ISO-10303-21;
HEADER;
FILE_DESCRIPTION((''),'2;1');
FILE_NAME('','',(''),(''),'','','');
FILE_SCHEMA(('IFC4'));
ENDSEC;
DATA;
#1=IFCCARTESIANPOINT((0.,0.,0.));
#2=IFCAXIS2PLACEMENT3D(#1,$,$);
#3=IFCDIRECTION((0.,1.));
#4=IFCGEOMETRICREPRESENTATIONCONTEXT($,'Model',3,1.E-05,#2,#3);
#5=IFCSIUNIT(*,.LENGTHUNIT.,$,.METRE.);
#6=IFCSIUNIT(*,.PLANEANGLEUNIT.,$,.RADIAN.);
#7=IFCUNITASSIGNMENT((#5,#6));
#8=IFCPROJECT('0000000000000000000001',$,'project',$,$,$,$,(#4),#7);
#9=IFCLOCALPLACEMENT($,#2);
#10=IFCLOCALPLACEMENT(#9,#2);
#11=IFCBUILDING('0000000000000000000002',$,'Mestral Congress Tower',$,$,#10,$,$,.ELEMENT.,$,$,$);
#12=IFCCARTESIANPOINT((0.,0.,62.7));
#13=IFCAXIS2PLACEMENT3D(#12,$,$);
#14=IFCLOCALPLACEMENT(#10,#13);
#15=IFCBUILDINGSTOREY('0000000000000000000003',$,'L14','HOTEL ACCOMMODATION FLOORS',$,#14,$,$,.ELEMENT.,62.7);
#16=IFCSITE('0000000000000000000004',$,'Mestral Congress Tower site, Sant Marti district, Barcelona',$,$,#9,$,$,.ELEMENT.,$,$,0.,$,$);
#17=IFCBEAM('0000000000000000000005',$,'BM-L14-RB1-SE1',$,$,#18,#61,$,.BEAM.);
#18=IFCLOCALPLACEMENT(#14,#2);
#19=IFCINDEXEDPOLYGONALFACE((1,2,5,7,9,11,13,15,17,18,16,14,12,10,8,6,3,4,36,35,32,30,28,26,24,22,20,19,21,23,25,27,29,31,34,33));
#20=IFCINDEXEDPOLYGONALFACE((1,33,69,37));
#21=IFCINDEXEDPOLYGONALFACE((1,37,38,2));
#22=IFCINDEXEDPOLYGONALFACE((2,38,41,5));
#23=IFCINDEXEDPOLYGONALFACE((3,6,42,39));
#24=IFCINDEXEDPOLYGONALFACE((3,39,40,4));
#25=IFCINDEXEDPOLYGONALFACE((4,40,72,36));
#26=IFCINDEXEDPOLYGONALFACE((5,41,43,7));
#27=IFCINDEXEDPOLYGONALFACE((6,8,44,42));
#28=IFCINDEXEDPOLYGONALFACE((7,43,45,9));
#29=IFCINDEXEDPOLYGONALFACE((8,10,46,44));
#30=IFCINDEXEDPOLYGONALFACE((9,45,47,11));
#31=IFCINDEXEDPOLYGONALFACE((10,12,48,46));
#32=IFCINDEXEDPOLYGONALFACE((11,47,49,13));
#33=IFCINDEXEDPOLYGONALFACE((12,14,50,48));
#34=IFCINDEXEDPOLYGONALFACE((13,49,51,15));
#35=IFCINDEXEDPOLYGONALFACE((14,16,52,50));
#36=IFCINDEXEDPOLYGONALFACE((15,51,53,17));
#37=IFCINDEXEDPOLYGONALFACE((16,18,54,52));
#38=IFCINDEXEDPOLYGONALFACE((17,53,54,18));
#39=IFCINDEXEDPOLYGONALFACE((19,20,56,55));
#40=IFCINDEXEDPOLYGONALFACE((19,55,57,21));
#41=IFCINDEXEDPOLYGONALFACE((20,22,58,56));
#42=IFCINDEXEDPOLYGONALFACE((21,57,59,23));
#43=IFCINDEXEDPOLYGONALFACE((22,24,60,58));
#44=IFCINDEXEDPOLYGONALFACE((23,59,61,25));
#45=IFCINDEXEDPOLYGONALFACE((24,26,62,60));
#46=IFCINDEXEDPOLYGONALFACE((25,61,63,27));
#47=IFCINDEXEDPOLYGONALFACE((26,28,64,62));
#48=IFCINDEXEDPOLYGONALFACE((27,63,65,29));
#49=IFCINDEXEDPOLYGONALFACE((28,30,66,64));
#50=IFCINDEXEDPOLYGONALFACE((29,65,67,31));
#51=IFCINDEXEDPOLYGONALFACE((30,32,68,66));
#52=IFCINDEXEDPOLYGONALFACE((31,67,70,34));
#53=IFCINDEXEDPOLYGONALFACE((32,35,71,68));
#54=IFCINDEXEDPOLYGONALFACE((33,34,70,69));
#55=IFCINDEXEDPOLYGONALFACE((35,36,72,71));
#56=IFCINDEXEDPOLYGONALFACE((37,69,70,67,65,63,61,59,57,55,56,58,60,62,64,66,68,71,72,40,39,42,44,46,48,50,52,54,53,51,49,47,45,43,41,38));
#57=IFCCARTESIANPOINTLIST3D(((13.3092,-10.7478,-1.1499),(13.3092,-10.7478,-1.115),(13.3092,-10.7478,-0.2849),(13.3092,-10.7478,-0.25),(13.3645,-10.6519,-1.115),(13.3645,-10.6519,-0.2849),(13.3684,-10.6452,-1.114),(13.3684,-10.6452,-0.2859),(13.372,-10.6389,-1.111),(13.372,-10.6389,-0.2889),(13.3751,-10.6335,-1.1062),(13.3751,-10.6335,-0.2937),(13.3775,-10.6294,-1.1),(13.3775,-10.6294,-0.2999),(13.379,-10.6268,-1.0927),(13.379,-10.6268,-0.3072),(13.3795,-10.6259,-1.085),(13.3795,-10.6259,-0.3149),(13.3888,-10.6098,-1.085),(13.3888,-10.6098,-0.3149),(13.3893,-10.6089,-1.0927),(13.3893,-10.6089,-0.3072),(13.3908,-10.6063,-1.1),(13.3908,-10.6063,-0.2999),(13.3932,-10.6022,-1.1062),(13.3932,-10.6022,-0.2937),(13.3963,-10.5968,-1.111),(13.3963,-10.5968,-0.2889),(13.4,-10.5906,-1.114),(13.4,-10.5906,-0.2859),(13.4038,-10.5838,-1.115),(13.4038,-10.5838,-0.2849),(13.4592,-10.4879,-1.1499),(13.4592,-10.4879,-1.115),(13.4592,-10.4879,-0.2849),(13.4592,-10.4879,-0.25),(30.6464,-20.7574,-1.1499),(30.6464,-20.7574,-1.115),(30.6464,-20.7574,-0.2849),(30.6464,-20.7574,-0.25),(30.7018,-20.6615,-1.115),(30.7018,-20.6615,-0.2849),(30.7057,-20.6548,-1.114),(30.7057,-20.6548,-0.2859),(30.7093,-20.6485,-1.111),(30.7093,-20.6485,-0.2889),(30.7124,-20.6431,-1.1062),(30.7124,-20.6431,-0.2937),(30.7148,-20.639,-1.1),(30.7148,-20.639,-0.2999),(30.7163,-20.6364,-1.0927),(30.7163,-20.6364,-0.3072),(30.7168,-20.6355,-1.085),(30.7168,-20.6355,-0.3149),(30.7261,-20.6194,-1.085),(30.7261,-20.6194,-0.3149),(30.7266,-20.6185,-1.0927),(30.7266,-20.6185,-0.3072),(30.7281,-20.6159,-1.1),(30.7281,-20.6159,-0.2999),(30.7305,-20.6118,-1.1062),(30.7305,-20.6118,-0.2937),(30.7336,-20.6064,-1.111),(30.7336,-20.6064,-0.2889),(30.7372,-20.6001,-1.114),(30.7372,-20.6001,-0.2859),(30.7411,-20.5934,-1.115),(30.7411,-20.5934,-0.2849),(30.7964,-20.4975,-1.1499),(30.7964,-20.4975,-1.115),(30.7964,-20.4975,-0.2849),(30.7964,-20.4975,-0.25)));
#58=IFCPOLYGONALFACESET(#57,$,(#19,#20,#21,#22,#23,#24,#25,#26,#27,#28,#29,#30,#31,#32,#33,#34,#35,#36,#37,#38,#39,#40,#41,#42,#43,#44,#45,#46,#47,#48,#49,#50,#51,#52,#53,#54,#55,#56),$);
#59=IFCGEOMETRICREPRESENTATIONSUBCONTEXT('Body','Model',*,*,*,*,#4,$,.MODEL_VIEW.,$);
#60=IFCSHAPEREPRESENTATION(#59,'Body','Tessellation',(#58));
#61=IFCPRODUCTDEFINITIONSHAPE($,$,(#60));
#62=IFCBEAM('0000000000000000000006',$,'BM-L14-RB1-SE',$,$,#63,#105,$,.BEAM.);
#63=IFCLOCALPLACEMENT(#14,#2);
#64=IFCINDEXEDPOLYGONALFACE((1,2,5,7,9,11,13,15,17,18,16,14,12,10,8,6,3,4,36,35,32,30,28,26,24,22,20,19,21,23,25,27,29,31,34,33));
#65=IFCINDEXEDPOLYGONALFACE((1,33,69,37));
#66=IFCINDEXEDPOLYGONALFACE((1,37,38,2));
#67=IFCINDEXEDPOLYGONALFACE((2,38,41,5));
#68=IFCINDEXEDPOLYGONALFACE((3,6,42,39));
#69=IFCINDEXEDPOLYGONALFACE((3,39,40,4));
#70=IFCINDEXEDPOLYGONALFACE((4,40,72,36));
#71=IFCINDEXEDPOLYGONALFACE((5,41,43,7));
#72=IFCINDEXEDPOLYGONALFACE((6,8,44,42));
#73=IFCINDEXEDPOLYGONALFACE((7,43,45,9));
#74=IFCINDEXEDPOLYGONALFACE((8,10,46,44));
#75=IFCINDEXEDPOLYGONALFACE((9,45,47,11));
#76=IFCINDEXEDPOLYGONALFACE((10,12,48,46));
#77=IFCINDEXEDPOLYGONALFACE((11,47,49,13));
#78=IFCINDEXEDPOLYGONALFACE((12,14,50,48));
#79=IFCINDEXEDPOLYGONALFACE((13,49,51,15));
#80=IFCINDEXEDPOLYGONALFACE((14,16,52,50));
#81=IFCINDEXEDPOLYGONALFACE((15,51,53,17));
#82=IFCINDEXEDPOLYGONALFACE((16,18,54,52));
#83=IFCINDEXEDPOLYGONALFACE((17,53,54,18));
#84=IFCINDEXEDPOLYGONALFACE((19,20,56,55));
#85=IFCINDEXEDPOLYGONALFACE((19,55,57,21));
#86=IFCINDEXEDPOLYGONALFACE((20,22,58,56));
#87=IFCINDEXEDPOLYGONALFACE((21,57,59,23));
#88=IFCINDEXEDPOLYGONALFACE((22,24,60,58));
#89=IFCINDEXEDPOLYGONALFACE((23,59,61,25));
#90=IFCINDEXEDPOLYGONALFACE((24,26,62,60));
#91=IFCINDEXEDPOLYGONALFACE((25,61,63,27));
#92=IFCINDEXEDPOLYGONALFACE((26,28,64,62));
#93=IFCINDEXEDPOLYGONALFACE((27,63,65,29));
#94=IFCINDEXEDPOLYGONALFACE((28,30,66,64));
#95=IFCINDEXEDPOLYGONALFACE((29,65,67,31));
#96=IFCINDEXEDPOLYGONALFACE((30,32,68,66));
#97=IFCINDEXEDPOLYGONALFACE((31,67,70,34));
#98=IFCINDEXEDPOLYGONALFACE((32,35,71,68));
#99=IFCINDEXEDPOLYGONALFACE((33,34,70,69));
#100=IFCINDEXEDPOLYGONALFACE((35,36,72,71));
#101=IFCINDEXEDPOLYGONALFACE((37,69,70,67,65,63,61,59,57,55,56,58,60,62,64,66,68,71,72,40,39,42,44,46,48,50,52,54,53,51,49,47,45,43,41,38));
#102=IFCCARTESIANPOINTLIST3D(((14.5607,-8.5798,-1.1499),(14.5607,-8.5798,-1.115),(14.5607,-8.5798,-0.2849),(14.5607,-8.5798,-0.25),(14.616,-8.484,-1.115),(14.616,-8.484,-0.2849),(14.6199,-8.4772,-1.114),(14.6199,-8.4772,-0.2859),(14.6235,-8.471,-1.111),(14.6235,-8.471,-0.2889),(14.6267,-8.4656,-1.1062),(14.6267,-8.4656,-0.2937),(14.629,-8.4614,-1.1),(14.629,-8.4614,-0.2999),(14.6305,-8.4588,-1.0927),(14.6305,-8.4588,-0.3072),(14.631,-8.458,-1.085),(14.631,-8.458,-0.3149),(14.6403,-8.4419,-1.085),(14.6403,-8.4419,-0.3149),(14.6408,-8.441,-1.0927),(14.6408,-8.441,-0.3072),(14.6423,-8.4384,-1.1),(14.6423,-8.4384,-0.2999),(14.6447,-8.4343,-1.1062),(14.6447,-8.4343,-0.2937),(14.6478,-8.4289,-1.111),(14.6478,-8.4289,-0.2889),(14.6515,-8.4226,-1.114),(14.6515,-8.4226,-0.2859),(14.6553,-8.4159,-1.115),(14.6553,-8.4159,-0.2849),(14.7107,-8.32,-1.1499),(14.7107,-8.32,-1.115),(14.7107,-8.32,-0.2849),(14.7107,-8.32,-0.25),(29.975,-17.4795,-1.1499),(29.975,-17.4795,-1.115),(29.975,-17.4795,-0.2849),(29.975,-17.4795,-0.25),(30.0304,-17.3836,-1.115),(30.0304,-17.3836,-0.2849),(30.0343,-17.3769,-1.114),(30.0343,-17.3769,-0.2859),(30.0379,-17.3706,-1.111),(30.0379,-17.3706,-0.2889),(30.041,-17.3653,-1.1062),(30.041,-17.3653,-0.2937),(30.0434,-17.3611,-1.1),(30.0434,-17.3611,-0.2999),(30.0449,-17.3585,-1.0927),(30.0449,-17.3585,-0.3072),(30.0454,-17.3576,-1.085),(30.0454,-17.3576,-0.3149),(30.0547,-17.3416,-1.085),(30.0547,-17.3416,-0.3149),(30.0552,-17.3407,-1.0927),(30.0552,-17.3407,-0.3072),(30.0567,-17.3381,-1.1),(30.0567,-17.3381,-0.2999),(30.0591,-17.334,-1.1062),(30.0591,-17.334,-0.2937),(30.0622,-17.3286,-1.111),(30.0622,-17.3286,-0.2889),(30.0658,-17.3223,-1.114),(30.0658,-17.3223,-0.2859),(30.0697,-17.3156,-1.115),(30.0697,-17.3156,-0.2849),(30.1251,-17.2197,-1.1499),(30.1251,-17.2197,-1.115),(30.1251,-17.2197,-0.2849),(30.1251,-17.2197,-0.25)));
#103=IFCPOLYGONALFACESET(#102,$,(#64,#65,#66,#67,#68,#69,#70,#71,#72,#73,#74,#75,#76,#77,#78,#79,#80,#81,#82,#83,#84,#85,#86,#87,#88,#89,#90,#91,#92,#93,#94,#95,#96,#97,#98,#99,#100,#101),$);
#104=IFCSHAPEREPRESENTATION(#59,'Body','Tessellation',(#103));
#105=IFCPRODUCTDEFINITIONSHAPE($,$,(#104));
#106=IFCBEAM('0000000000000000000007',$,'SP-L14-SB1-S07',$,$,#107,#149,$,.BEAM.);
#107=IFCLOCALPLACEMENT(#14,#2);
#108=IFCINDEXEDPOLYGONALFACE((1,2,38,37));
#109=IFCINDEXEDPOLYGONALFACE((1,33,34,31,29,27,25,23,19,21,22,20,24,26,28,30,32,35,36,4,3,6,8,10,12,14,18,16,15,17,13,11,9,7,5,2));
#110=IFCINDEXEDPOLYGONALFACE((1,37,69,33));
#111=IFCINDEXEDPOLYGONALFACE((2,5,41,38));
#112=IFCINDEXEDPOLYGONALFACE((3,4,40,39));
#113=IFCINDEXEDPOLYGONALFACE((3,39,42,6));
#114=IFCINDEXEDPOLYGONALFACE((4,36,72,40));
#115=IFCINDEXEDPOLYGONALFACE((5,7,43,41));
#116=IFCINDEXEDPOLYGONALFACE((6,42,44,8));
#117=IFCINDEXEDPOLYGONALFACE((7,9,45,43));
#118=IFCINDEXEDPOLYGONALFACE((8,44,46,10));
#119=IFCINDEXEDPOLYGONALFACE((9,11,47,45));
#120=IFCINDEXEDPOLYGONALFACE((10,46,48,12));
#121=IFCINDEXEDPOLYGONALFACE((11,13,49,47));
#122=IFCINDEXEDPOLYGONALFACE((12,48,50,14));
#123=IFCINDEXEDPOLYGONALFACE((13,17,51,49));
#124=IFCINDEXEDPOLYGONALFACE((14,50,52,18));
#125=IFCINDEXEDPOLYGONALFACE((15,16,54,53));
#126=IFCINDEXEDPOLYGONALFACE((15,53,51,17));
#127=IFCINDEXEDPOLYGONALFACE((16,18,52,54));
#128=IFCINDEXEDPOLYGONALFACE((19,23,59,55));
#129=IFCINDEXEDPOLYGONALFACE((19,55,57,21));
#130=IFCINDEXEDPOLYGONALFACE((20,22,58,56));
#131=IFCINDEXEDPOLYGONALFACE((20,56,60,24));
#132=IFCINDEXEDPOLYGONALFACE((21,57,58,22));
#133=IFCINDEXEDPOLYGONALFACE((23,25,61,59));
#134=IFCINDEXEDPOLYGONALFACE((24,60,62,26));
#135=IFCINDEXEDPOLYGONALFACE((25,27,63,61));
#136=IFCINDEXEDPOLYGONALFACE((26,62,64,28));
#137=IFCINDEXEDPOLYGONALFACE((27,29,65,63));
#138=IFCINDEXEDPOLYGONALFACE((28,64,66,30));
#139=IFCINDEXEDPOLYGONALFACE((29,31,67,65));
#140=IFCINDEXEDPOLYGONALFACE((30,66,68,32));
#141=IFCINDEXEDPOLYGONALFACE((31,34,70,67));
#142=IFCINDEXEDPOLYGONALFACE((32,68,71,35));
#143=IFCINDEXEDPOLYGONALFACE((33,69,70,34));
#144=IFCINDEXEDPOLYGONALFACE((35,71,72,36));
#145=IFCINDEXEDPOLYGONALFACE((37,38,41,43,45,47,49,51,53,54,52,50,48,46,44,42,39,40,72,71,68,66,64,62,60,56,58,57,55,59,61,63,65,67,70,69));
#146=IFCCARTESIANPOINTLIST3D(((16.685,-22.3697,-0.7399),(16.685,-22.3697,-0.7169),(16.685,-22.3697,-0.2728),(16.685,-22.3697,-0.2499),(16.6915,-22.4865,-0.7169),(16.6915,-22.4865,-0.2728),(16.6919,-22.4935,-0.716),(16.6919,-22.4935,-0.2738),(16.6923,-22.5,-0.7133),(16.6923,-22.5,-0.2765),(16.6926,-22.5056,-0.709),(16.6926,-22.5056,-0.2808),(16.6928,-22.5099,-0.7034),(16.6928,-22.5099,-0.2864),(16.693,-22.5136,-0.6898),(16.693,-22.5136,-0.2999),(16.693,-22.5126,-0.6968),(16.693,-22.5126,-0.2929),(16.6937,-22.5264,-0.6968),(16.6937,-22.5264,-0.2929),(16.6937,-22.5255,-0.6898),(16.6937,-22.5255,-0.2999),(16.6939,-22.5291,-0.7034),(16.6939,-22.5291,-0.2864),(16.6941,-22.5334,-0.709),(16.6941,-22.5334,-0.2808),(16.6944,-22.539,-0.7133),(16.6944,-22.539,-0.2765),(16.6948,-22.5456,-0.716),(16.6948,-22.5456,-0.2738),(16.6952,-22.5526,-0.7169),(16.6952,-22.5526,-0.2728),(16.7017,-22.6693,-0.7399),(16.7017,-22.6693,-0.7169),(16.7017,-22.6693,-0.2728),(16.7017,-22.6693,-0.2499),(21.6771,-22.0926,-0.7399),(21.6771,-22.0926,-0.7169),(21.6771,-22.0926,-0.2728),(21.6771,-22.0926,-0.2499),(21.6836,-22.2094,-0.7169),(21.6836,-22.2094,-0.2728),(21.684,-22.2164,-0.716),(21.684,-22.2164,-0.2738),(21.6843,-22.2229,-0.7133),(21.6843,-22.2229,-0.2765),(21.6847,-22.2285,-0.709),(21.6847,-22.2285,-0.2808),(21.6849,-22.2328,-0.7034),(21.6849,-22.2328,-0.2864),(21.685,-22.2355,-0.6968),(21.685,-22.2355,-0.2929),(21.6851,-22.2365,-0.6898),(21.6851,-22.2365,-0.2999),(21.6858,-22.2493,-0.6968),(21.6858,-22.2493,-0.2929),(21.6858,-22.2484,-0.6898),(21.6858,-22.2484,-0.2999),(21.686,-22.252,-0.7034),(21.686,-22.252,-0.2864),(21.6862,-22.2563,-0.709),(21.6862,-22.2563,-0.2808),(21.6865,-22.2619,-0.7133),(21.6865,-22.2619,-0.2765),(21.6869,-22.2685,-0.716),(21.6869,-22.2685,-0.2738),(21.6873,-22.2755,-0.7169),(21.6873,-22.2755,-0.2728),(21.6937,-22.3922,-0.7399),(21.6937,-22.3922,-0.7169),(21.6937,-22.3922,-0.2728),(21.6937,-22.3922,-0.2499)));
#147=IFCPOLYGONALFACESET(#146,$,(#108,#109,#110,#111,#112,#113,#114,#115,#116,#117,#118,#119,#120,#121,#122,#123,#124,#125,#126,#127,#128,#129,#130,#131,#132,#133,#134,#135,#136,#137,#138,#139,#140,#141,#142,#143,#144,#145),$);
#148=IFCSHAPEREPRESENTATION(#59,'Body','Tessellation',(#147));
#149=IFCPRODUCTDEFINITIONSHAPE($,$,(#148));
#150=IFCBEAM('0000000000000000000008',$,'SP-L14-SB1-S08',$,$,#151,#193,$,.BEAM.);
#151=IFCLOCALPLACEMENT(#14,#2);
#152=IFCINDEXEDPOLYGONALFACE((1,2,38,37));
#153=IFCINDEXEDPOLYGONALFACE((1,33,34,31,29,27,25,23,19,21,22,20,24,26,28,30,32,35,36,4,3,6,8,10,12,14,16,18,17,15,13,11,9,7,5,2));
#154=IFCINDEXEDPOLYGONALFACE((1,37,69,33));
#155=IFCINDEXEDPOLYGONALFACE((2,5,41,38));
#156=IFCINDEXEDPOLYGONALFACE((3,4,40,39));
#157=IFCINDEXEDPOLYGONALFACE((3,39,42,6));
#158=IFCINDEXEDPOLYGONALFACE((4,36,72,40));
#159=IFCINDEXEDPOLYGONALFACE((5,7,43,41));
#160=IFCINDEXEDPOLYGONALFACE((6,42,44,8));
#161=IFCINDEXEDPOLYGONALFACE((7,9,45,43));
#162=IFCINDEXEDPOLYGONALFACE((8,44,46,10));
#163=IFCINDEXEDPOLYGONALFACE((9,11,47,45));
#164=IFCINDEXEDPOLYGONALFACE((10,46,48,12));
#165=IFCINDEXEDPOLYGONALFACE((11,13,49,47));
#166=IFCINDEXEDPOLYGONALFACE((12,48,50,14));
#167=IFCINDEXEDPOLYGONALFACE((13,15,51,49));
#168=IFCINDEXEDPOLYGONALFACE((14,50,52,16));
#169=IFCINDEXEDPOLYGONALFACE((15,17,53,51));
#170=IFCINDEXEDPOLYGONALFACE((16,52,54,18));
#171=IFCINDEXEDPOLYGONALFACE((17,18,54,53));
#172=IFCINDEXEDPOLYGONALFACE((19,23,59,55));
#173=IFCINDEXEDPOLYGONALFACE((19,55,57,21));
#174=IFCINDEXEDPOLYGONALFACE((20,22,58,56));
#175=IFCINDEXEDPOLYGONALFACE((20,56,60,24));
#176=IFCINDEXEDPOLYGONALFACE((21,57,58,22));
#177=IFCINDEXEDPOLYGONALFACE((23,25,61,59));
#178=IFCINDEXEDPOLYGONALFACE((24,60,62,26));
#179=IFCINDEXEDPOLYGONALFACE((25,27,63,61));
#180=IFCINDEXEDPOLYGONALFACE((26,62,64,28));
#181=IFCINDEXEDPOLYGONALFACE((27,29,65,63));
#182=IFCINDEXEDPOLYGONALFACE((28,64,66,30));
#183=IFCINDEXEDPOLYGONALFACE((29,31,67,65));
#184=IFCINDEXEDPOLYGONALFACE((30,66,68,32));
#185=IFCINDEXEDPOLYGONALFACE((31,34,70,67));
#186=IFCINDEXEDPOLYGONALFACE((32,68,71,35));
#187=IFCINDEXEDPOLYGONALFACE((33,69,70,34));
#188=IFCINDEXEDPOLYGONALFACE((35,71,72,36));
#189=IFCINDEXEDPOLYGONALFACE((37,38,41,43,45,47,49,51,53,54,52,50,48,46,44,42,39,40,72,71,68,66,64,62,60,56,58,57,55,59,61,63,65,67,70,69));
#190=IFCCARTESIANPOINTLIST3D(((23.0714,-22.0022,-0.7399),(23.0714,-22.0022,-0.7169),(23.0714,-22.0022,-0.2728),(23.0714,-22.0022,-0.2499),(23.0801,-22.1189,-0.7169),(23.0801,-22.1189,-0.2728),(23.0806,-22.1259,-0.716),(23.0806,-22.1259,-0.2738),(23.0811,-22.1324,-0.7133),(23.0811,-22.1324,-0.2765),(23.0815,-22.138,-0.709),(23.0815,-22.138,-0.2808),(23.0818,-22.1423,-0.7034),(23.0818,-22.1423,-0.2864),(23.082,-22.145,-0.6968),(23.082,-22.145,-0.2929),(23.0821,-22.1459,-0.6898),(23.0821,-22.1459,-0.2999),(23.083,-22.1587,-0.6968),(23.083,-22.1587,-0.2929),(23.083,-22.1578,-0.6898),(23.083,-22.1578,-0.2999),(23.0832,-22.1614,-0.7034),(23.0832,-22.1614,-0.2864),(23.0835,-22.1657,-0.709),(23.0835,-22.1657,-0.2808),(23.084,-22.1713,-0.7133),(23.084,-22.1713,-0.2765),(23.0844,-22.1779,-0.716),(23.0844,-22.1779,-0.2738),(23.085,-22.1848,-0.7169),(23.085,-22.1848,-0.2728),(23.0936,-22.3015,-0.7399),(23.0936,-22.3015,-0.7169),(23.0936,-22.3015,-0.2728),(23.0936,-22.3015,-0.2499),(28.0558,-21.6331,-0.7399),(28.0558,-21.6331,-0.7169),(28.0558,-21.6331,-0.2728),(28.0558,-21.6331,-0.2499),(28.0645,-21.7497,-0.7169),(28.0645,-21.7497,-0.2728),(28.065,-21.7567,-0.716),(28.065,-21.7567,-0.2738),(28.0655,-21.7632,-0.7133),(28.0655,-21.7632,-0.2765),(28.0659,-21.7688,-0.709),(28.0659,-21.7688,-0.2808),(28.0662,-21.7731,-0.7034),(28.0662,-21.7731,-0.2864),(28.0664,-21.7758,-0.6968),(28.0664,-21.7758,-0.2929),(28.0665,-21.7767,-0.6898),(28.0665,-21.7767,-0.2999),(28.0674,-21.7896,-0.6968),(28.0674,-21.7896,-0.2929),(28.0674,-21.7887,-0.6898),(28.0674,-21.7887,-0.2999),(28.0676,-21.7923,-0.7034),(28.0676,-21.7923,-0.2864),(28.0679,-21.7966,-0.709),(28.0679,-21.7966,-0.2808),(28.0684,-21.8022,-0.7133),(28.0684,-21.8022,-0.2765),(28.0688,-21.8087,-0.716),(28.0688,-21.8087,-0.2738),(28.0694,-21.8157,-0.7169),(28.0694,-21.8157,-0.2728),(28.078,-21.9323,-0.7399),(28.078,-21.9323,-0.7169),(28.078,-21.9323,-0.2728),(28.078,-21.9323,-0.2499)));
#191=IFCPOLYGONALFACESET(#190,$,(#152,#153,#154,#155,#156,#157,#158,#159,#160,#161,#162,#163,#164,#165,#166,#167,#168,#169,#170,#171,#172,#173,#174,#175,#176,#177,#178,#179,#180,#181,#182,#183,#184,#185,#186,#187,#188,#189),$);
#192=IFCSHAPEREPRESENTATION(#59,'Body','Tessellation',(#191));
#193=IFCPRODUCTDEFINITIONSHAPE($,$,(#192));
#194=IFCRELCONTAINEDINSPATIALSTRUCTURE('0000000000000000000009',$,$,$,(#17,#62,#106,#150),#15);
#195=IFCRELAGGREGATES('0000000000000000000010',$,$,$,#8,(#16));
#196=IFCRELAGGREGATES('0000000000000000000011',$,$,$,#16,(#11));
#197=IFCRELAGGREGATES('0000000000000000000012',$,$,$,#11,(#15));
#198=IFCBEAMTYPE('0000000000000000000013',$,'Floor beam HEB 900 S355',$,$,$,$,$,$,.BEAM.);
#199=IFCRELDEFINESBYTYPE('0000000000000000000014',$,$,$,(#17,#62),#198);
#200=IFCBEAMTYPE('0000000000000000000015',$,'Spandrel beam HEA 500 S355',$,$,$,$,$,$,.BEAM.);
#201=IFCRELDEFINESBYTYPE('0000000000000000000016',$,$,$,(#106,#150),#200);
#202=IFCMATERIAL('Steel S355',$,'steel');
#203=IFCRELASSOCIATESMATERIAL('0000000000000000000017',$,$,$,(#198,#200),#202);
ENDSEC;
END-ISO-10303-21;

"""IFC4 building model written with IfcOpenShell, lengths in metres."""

from ifc_helpers import new_model, si_unit, direction, frame, origin, origin_2d, place, context, subcontext, project, spatial, i_section, extrude, material, material_profile, profile_set, type_object, element, save


model = new_model("IFC4")

# Units and contexts
model_context = context("Model", 3, precision=1e-05, world=origin(), true_north=direction((0.0, 1.0)))
body_context = subcontext(model_context, "Body", "Model", "MODEL_VIEW")
ifc_project = project(units=[si_unit("LENGTHUNIT", "METRE"), si_unit("PLANEANGLEUNIT", "RADIAN")], contexts=[model_context])

# Site, building, storey
site_placement = place(None, origin())
site = spatial("IfcSite", under=ifc_project, at=site_placement, Name="Mestral Congress Tower site, Sant Marti district, Barcelona", CompositionType="ELEMENT", RefElevation=0.0)
building_placement = place(site_placement, origin())
building = spatial("IfcBuilding", under=site, at=building_placement, Name="Mestral Congress Tower", CompositionType="ELEMENT")
storey_placement = place(building_placement, frame((0.0, 0.0, 62.7)))
storey = spatial("IfcBuildingStorey", under=building, at=storey_placement, Name="L14", Description="HOTEL ACCOMMODATION FLOORS", CompositionType="ELEMENT", Elevation=62.7)

# Beams
ifc_material_1 = material(Name="Steel S355", Category="steel")
ifc_material_profile_1 = material_profile(ifc_material_1, i_section(OverallWidth=0.3, OverallDepth=0.8999, WebThickness=0.0186, FlangeThickness=0.0349, FilletRadius=0.03, at=origin_2d()), Name="HEB 900")
ifc_profile_set_1 = profile_set([ifc_material_profile_1], Name="Steel S355")
beam_type_1 = type_object("IfcBeamType", Name="Floor beam HEB 900 S355", PredefinedType="BEAM", material=ifc_profile_set_1)
beam_1_placement = place(storey_placement, frame((30.7214, -20.6274, -0.7), z_axis=(-0.866027, 0.499997, 0.0), x_axis=(-0.499997, -0.866027, 0.0)))
element("IfcBeam", 1, at=beam_1_placement, inside=storey, type_object=beam_type_1, Name="BM-L14-RB1-SE1", PredefinedType="BEAM", context=body_context, shape_type="SweptSolid", body=[
    extrude(i_section(OverallWidth=0.3, OverallDepth=0.8999, WebThickness=0.0186, FlangeThickness=0.0349, FilletRadius=0.03, at=origin_2d()), origin(), (0.0, 0.0, 1.0), 20.0193),
])
beam_2_placement = place(storey_placement, frame((30.05, -17.3496, -0.7), z_axis=(-0.86602, 0.500009, 0.0), x_axis=(-0.500009, -0.86602, 0.0)))
element("IfcBeam", 2, at=beam_2_placement, inside=storey, type_object=beam_type_1, Name="BM-L14-RB1-SE", PredefinedType="BEAM", context=body_context, shape_type="SweptSolid", body=[
    extrude(i_section(OverallWidth=0.3, OverallDepth=0.8999, WebThickness=0.0186, FlangeThickness=0.0349, FilletRadius=0.03, at=origin_2d()), origin(), (0.0, 0.0, 1.0), 17.7991),
])
ifc_material_profile_2 = material_profile(ifc_material_1, i_section(OverallWidth=0.3, OverallDepth=0.49, WebThickness=0.012, FlangeThickness=0.0229, FilletRadius=0.0271, at=origin_2d()), Name="HEA 500")
ifc_profile_set_2 = profile_set([ifc_material_profile_2], Name="Steel S355")
beam_type_2 = type_object("IfcBeamType", Name="Spandrel beam HEA 500 S355", PredefinedType="BEAM", material=ifc_profile_set_2)
beam_3_placement = place(storey_placement, frame((16.6934, -22.5195, -0.4949), z_axis=(0.998463, 0.055421, 0.0), x_axis=(-0.055421, 0.998463, 0.0)))
element("IfcBeam", 3, at=beam_3_placement, inside=storey, type_object=beam_type_2, Name="SP-L14-SB1-S07", PredefinedType="BEAM", context=body_context, shape_type="SweptSolid", body=[
    extrude(i_section(OverallWidth=0.3, OverallDepth=0.49, WebThickness=0.012, FlangeThickness=0.0229, FilletRadius=0.0271, at=origin_2d()), origin(), (0.0, 0.0, 1.0), 4.9998),
])
beam_4_placement = place(storey_placement, frame((23.0825, -22.1519, -0.4949), z_axis=(0.997269, 0.073857, 0.0), x_axis=(-0.073857, 0.997269, 0.0)))
element("IfcBeam", 4, at=beam_4_placement, inside=storey, type_object=beam_type_2, Name="SP-L14-SB1-S08", PredefinedType="BEAM", context=body_context, shape_type="SweptSolid", body=[
    extrude(i_section(OverallWidth=0.3, OverallDepth=0.49, WebThickness=0.012, FlangeThickness=0.0229, FilletRadius=0.0271, at=origin_2d()), origin(), (0.0, 0.0, 1.0), 4.998),
])

save(model, "model.ifc")
